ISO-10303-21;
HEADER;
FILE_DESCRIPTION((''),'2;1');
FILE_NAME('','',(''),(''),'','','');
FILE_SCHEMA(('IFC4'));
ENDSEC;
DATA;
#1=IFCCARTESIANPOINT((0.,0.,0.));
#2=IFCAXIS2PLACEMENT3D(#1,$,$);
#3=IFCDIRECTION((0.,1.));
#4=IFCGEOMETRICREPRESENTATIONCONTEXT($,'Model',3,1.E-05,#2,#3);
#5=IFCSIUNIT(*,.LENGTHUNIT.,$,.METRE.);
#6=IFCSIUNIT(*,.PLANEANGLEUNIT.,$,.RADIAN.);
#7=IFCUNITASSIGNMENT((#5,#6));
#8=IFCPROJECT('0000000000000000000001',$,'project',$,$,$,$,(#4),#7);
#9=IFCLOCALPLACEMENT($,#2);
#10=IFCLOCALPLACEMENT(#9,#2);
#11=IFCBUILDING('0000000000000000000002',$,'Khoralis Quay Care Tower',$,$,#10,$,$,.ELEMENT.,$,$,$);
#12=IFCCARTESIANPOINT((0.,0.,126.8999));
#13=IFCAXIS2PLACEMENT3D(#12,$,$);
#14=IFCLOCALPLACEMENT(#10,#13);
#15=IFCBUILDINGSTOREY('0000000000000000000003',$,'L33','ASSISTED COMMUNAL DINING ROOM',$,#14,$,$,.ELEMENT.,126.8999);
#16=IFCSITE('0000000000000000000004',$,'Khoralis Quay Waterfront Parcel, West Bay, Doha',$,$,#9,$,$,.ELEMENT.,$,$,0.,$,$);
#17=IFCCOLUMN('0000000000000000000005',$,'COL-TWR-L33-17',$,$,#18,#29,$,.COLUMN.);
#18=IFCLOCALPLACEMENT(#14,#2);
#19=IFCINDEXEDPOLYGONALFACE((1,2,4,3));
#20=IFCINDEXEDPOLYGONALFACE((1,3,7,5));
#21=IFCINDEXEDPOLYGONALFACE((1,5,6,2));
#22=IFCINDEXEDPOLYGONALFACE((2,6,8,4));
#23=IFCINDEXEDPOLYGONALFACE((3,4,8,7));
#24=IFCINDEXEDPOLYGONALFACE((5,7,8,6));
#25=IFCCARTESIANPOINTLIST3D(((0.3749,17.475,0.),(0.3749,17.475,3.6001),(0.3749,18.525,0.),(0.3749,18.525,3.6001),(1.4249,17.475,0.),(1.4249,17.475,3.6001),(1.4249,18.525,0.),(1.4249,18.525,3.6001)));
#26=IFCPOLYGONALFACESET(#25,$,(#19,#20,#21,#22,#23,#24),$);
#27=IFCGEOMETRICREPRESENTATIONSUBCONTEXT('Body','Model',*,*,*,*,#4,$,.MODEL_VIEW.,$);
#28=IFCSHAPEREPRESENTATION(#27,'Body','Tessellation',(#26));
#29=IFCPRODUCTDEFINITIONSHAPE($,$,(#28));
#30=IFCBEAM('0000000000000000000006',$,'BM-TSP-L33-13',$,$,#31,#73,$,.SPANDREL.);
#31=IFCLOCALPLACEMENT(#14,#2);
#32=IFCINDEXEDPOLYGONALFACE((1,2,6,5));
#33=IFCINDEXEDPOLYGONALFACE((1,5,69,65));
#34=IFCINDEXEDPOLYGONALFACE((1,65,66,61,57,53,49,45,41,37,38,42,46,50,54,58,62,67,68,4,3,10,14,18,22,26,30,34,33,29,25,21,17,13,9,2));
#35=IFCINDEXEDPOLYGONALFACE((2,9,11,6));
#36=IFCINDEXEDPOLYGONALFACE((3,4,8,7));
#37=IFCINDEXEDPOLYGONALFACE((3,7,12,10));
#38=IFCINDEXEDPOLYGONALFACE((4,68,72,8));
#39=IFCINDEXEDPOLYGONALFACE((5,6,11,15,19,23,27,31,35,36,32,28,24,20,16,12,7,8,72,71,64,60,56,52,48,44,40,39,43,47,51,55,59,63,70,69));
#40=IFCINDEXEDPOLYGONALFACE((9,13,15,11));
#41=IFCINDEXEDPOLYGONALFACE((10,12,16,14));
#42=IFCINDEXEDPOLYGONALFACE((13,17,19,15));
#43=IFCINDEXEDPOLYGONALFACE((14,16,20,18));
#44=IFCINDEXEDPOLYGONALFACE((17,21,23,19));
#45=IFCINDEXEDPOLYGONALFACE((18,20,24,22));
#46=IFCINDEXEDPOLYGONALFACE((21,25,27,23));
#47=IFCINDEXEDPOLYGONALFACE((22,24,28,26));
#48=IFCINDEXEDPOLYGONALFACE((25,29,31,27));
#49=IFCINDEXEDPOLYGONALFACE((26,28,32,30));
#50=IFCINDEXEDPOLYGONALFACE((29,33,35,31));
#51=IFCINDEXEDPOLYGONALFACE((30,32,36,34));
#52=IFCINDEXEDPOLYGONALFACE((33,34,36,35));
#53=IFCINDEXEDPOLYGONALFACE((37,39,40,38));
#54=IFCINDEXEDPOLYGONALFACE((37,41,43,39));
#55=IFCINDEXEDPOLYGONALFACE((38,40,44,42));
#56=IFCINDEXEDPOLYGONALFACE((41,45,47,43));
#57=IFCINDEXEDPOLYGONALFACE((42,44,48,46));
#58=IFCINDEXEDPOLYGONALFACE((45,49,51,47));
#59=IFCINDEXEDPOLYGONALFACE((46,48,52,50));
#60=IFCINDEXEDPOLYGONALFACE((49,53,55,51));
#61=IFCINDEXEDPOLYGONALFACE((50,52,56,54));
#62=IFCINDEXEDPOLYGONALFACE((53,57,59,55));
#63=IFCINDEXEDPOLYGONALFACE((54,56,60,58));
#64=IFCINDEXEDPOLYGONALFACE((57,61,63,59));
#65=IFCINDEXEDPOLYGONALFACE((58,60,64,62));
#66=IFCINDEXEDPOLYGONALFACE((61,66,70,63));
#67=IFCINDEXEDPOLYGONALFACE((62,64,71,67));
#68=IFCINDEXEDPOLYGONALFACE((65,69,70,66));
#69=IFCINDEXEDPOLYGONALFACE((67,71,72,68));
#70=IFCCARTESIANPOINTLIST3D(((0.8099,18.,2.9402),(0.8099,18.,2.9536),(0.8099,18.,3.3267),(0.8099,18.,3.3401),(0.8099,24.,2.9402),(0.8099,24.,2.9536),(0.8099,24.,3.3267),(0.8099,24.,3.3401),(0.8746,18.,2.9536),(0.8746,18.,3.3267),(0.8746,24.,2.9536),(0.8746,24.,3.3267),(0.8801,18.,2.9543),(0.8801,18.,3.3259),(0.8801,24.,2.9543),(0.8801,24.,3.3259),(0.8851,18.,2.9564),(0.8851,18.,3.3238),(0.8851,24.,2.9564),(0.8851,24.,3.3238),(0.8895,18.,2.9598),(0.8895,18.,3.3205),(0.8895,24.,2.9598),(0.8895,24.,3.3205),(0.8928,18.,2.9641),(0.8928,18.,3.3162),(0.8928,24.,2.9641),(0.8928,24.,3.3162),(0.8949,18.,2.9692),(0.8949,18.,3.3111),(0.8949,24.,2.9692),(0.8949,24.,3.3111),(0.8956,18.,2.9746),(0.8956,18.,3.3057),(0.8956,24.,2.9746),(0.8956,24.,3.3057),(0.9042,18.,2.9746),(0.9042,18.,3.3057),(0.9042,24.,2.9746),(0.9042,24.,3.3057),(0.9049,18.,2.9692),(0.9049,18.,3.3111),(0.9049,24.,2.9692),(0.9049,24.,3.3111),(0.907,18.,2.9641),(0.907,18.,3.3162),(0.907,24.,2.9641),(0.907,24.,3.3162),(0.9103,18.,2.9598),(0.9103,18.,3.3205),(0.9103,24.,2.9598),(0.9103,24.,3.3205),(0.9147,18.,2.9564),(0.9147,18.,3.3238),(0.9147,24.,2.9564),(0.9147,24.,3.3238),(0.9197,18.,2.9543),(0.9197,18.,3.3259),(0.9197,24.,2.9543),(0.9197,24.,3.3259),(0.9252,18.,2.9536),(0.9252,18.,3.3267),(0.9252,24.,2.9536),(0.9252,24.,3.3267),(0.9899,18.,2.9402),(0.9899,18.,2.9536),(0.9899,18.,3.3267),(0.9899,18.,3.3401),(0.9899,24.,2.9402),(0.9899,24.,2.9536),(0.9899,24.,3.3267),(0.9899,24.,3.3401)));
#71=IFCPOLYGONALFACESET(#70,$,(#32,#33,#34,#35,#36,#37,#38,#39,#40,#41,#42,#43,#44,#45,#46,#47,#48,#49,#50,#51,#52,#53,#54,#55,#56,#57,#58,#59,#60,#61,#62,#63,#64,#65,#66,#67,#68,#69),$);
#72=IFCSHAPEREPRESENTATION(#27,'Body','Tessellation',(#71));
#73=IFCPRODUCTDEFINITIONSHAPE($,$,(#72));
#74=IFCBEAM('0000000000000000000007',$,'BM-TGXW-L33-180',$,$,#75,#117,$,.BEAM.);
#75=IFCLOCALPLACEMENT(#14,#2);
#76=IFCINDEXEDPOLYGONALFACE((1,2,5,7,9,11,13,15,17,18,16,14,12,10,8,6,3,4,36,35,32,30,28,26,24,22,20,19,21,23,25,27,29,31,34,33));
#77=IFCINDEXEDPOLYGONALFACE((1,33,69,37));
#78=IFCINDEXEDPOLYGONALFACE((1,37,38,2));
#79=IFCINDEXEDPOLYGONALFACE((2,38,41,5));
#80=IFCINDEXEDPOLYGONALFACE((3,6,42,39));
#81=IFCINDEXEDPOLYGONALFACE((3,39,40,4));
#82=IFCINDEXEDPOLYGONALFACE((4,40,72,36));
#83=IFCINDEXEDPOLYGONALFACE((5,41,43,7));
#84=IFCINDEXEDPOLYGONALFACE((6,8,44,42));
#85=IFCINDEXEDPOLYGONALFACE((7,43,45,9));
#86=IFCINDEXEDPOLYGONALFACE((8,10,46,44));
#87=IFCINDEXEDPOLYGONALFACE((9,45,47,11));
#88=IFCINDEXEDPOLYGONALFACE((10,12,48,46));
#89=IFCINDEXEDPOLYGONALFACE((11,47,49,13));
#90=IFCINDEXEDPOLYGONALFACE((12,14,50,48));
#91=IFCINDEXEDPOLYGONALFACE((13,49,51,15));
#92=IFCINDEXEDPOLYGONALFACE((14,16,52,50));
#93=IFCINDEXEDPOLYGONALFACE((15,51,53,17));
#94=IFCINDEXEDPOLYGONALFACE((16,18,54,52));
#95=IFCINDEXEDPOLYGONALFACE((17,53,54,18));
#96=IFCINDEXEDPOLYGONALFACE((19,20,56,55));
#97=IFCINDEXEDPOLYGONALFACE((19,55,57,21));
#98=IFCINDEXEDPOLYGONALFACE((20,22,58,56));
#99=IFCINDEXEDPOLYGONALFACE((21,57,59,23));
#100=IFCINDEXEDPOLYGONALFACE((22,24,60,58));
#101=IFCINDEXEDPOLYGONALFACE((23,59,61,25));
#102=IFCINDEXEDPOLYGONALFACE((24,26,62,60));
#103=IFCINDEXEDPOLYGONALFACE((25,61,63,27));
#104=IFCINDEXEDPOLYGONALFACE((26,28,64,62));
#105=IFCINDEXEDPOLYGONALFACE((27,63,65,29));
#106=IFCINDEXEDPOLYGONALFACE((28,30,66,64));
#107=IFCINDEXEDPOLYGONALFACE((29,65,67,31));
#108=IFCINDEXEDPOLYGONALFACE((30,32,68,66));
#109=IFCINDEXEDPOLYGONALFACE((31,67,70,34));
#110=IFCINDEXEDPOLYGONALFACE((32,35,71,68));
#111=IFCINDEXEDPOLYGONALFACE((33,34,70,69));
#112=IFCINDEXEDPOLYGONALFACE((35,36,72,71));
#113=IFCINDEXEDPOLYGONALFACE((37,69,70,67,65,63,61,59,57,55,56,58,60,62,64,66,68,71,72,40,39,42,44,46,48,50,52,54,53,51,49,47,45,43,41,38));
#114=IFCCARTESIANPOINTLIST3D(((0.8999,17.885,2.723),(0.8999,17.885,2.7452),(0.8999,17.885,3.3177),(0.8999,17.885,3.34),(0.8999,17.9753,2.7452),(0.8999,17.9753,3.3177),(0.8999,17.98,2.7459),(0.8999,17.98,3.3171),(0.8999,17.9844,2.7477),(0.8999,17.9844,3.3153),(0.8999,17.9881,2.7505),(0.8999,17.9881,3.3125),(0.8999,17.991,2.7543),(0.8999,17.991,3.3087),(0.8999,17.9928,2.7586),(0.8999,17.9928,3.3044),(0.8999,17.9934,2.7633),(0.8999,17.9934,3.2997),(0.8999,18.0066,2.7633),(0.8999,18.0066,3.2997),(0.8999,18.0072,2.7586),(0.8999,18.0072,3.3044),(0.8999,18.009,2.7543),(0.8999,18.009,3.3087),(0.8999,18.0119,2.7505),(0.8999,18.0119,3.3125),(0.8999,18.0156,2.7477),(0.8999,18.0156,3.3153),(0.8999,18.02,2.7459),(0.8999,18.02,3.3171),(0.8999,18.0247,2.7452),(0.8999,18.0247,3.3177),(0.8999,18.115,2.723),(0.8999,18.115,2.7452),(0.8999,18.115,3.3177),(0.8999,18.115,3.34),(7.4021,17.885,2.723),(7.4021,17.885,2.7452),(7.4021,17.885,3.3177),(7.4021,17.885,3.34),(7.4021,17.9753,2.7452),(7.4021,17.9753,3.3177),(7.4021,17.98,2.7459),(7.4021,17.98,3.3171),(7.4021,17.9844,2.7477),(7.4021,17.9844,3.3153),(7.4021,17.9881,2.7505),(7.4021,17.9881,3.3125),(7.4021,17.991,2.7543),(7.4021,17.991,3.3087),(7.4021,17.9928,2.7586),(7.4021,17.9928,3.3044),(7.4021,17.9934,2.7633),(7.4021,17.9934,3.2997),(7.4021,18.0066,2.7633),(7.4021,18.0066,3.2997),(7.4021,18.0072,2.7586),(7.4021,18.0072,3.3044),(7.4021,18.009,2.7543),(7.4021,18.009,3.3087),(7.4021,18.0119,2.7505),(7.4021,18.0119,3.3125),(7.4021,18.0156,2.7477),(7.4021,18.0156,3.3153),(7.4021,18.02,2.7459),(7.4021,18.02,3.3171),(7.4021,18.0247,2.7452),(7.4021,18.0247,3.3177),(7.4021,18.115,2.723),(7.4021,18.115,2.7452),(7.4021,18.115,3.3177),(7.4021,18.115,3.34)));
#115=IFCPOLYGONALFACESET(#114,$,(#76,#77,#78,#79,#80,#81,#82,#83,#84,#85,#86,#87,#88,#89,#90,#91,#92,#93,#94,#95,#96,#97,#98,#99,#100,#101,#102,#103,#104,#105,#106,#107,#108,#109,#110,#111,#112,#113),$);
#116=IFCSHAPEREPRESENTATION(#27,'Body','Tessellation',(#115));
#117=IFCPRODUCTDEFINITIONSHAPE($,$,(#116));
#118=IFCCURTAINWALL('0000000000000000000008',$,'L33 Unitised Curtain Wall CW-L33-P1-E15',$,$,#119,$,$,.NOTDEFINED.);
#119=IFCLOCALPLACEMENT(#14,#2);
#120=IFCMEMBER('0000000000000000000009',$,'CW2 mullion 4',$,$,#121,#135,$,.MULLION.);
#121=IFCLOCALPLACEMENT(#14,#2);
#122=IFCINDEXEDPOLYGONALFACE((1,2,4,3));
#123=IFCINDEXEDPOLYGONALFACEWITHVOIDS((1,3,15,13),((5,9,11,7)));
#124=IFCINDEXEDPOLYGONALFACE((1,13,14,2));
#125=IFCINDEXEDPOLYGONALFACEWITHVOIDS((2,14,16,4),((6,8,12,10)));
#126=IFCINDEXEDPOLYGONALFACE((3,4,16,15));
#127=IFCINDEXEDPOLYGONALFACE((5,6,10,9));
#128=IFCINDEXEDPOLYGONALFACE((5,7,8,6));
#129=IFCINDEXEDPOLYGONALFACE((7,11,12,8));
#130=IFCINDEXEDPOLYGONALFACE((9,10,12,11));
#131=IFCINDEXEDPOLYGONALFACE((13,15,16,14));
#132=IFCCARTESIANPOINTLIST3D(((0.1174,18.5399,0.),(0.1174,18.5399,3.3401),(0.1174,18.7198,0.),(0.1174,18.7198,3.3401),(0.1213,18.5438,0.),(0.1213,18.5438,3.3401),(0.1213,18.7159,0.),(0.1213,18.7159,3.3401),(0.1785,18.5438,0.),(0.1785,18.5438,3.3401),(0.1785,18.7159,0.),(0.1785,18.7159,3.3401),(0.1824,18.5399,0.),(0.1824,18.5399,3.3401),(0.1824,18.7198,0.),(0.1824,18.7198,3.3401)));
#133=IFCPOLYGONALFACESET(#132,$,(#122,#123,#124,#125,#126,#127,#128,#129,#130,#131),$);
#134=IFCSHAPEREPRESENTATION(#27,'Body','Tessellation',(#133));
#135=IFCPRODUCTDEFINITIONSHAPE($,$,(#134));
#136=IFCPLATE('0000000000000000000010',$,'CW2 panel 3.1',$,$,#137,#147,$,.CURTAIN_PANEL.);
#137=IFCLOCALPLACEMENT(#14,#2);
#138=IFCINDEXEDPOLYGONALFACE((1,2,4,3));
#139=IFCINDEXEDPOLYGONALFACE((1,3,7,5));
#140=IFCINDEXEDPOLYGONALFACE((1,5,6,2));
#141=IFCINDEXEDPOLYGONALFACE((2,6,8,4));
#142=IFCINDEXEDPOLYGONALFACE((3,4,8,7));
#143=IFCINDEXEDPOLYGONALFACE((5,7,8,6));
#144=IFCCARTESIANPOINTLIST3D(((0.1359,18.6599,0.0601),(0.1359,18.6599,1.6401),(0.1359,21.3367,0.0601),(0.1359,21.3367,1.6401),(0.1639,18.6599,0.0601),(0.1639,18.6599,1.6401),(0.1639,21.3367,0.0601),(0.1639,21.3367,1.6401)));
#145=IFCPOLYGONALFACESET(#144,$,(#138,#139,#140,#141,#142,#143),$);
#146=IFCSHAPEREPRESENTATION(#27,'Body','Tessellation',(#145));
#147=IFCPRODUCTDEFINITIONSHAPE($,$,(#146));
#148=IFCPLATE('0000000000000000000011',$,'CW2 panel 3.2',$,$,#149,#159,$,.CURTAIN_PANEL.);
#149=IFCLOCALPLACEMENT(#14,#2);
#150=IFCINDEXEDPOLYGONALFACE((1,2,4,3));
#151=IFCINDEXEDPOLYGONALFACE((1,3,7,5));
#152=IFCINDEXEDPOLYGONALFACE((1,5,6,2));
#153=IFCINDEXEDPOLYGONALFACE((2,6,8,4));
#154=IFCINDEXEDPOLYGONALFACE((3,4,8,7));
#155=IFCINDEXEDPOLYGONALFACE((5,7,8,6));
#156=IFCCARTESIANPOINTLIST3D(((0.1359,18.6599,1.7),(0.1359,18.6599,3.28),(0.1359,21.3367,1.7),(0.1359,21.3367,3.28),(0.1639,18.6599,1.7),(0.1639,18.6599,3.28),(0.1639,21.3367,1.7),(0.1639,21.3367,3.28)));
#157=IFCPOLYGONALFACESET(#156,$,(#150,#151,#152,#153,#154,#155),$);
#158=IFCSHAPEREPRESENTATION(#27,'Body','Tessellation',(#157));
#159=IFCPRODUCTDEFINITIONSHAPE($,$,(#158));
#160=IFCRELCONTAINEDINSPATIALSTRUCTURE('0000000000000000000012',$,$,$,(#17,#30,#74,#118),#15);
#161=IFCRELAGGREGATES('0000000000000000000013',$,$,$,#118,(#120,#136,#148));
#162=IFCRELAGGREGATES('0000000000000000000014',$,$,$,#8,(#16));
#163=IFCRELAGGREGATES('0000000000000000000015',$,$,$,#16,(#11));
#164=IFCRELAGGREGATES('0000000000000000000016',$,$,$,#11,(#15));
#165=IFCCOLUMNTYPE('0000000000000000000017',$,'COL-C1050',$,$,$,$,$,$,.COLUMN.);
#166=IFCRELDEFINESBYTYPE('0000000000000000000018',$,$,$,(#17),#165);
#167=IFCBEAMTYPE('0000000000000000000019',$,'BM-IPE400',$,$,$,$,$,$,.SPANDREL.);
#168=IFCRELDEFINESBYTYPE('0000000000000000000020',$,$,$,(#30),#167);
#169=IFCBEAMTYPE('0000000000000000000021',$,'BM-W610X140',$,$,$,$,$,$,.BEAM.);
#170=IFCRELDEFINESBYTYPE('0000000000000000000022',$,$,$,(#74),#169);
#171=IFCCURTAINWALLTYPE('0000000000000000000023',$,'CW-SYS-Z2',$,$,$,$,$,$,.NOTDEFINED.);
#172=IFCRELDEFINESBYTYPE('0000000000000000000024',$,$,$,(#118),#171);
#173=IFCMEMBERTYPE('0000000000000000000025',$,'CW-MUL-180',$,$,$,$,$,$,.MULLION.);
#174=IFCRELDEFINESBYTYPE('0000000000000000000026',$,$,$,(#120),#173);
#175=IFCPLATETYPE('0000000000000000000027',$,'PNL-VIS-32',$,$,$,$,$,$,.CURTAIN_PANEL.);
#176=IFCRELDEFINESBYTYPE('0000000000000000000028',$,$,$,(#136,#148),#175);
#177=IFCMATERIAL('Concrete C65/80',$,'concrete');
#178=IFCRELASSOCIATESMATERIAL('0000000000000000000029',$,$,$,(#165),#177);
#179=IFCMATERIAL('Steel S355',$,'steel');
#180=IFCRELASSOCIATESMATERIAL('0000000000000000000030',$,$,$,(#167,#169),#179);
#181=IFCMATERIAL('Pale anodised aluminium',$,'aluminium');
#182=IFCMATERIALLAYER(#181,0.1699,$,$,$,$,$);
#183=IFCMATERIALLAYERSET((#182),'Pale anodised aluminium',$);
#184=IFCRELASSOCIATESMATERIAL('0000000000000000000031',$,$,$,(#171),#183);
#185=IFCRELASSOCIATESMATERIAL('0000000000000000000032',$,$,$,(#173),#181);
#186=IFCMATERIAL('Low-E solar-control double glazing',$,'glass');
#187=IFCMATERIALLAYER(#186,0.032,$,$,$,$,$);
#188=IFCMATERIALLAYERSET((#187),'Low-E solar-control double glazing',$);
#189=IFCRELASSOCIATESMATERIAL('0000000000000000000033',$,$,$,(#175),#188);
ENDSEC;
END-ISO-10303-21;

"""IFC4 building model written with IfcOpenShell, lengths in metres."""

from ifc_helpers import new_model, si_unit, direction, frame, origin, origin_2d, place, context, subcontext, project, spatial, rectangle, hollow_rectangle, i_section, extrude, source, transform, mapped, material, layer, layer_set, material_profile, profile_set, type_object, element, aggregate, save


model = new_model("IFC4")

# Units and contexts
model_context = context("Model", 3, precision=1e-05, world=origin(), true_north=direction((0.0, 1.0)))
body_context = subcontext(model_context, "Body", "Model", "MODEL_VIEW")
ifc_project = project(units=[si_unit("LENGTHUNIT", "METRE"), si_unit("PLANEANGLEUNIT", "RADIAN")], contexts=[model_context])

# Site, building, storey
site_placement = place(None, origin())
site = spatial("IfcSite", under=ifc_project, at=site_placement, Name="Khoralis Quay Waterfront Parcel, West Bay, Doha", CompositionType="ELEMENT", RefElevation=0.0)
building_placement = place(site_placement, origin())
building = spatial("IfcBuilding", under=site, at=building_placement, Name="Khoralis Quay Care Tower", CompositionType="ELEMENT")
storey_placement = place(building_placement, frame((0.0, 0.0, 126.8999)))
storey = spatial("IfcBuildingStorey", under=building, at=storey_placement, Name="L33", Description="ASSISTED COMMUNAL DINING ROOM", CompositionType="ELEMENT", Elevation=126.8999)

# Column
ifc_material_1 = material(Name="Concrete C65/80", Category="concrete")
ifc_material_profile_1 = material_profile(ifc_material_1, rectangle(XDim=1.05, YDim=1.05, at=origin_2d()), Name="Concrete C65/80")
ifc_profile_set_1 = profile_set([ifc_material_profile_1], Name="Concrete C65/80")
column_type = type_object("IfcColumnType", Name="COL-C1050", PredefinedType="COLUMN", material=ifc_profile_set_1)
shared_shape_1 = source(origin(), body_context, "Body", "SweptSolid", [
    extrude(rectangle(XDim=1.05, YDim=1.05, at=origin_2d()), origin(), (0.0, 0.0, 1.0), 3.6001),
])
column_placement = place(storey_placement, frame((0.8999, 18.0, 0.0), z_axis=(0.0, 0.0, 1.0), x_axis=(1.0, 0.0, 0.0)))
element("IfcColumn", 1, at=column_placement, inside=storey, type_object=column_type, Name="COL-TWR-L33-17", PredefinedType="COLUMN", context=body_context, shape_type="MappedRepresentation", body=[
    mapped(shared_shape_1, transform((0.0, 0.0, 0.0), scale=1.0)),
])

# Beams
ifc_material_2 = material(Name="Steel S355", Category="steel")
ifc_material_profile_2 = material_profile(ifc_material_2, i_section(OverallWidth=0.1799, OverallDepth=0.3999, WebThickness=0.0085, FlangeThickness=0.0134, FilletRadius=0.021, at=origin_2d()), Name="Steel S355")
ifc_profile_set_2 = profile_set([ifc_material_profile_2], Name="Steel S355")
beam_type_1 = type_object("IfcBeamType", Name="BM-IPE400", PredefinedType="SPANDREL", material=ifc_profile_set_2)
shared_shape_2 = source(origin(), body_context, "Body", "SweptSolid", [
    extrude(i_section(OverallWidth=0.1799, OverallDepth=0.3999, WebThickness=0.0085, FlangeThickness=0.0134, FilletRadius=0.021, at=origin_2d()), origin(), (0.0, 0.0, 1.0), 6.0),
])
beam_1_placement = place(storey_placement, frame((0.8999, 18.0, 3.1401), z_axis=(0.0, 1.0, 0.0), x_axis=(-1.0, 0.0, 0.0)))
element("IfcBeam", 2, at=beam_1_placement, inside=storey, type_object=beam_type_1, Name="BM-TSP-L33-13", PredefinedType="SPANDREL", context=body_context, shape_type="MappedRepresentation", body=[
    mapped(shared_shape_2, transform((0.0, 0.0, 0.0), scale=1.0)),
])
ifc_material_profile_3 = material_profile(ifc_material_2, i_section(OverallWidth=0.23, OverallDepth=0.6169, WebThickness=0.0132, FlangeThickness=0.0222, FilletRadius=0.0181, at=origin_2d()), Name="Steel S355")
ifc_profile_set_3 = profile_set([ifc_material_profile_3], Name="Steel S355")
beam_type_2 = type_object("IfcBeamType", Name="BM-W610X140", PredefinedType="BEAM", material=ifc_profile_set_3)
shared_shape_3 = source(origin(), body_context, "Body", "SweptSolid", [
    extrude(i_section(OverallWidth=0.23, OverallDepth=0.6169, WebThickness=0.0132, FlangeThickness=0.0222, FilletRadius=0.0181, at=origin_2d()), origin(), (0.0, 0.0, 1.0), 6.5022),
])
beam_2_placement = place(storey_placement, frame((0.8999, 18.0, 3.0315), z_axis=(1.0, 0.0, 0.0), x_axis=(0.0, 1.0, 0.0)))
element("IfcBeam", 3, at=beam_2_placement, inside=storey, type_object=beam_type_2, Name="BM-TGXW-L33-180", PredefinedType="BEAM", context=body_context, shape_type="MappedRepresentation", body=[
    mapped(shared_shape_3, transform((0.0, 0.0, 0.0), scale=1.0)),
])

# Curtain wall, member, plates
ifc_material_3 = material(Name="Pale anodised aluminium", Category="aluminium")
ifc_layer_1 = layer(ifc_material_3, 0.1699)
ifc_layer_set_1 = layer_set([ifc_layer_1], Name="Pale anodised aluminium")
curtain_wall_type = type_object("IfcCurtainWallType", Name="CW-SYS-Z2", PredefinedType="NOTDEFINED", material=ifc_layer_set_1)
curtain_wall_placement = place(storey_placement, origin())
curtain_wall = element("IfcCurtainWall", 4, at=curtain_wall_placement, inside=storey, type_object=curtain_wall_type, Name="L33 Unitised Curtain Wall CW-L33-P1-E15", PredefinedType="NOTDEFINED")
ifc_material_profile_4 = material_profile(ifc_material_3, hollow_rectangle(XDim=0.0649, YDim=0.1799, WallThickness=0.0039, at=origin_2d()), Name="Pale anodised aluminium")
ifc_profile_set_4 = profile_set([ifc_material_profile_4], Name="Pale anodised aluminium")
member_type = type_object("IfcMemberType", Name="CW-MUL-180", PredefinedType="MULLION", material=ifc_profile_set_4)
shared_shape_4 = source(origin(), body_context, "Body", "SweptSolid", [
    extrude(hollow_rectangle(XDim=0.0649, YDim=0.1799, WallThickness=0.0039, at=origin_2d()), origin(), (0.0, 0.0, 1.0), 3.3401),
])
member_placement = place(storey_placement, frame((0.1499, 18.6299, 0.0), z_axis=(0.0, 0.0, 1.0), x_axis=(1.0, 0.0, 0.0)))
member = element("IfcMember", 5, at=member_placement, type_object=member_type, Name="CW2 mullion 4", PredefinedType="MULLION", context=body_context, shape_type="MappedRepresentation", body=[
    mapped(shared_shape_4, transform((0.0, 0.0, 0.0), scale=1.0)),
])
ifc_material_4 = material(Name="Low-E solar-control double glazing", Category="glass")
ifc_layer_2 = layer(ifc_material_4, 0.032)
ifc_layer_set_2 = layer_set([ifc_layer_2], Name="Low-E solar-control double glazing")
plate_type = type_object("IfcPlateType", Name="PNL-VIS-32", PredefinedType="CURTAIN_PANEL", material=ifc_layer_set_2)
shared_shape_5 = source(origin(), body_context, "Body", "SweptSolid", [
    extrude(rectangle(XDim=2.6768, YDim=0.0281, at=origin_2d()), origin(), (0.0, 0.0, 1.0), 1.5801),
])
plate_1_placement = place(storey_placement, frame((0.1499, 19.9983, 0.0601), z_axis=(0.0, 0.0, 1.0), x_axis=(0.0, -1.0, 0.0)))
plate_1 = element("IfcPlate", 6, at=plate_1_placement, type_object=plate_type, Name="CW2 panel 3.1", PredefinedType="CURTAIN_PANEL", context=body_context, shape_type="MappedRepresentation", body=[
    mapped(shared_shape_5, transform((0.0, 0.0, 0.0), scale=1.0)),
])
plate_2_placement = place(storey_placement, frame((0.1499, 19.9983, 1.7), z_axis=(0.0, 0.0, 1.0), x_axis=(0.0, -1.0, 0.0)))
plate_2 = element("IfcPlate", 7, at=plate_2_placement, type_object=plate_type, Name="CW2 panel 3.2", PredefinedType="CURTAIN_PANEL", context=body_context, shape_type="MappedRepresentation", body=[
    mapped(shared_shape_5, transform((0.0, 0.0, 0.0), scale=1.0)),
])
aggregate(curtain_wall, [member, plate_1, plate_2])

save(model, "model.ifc")
